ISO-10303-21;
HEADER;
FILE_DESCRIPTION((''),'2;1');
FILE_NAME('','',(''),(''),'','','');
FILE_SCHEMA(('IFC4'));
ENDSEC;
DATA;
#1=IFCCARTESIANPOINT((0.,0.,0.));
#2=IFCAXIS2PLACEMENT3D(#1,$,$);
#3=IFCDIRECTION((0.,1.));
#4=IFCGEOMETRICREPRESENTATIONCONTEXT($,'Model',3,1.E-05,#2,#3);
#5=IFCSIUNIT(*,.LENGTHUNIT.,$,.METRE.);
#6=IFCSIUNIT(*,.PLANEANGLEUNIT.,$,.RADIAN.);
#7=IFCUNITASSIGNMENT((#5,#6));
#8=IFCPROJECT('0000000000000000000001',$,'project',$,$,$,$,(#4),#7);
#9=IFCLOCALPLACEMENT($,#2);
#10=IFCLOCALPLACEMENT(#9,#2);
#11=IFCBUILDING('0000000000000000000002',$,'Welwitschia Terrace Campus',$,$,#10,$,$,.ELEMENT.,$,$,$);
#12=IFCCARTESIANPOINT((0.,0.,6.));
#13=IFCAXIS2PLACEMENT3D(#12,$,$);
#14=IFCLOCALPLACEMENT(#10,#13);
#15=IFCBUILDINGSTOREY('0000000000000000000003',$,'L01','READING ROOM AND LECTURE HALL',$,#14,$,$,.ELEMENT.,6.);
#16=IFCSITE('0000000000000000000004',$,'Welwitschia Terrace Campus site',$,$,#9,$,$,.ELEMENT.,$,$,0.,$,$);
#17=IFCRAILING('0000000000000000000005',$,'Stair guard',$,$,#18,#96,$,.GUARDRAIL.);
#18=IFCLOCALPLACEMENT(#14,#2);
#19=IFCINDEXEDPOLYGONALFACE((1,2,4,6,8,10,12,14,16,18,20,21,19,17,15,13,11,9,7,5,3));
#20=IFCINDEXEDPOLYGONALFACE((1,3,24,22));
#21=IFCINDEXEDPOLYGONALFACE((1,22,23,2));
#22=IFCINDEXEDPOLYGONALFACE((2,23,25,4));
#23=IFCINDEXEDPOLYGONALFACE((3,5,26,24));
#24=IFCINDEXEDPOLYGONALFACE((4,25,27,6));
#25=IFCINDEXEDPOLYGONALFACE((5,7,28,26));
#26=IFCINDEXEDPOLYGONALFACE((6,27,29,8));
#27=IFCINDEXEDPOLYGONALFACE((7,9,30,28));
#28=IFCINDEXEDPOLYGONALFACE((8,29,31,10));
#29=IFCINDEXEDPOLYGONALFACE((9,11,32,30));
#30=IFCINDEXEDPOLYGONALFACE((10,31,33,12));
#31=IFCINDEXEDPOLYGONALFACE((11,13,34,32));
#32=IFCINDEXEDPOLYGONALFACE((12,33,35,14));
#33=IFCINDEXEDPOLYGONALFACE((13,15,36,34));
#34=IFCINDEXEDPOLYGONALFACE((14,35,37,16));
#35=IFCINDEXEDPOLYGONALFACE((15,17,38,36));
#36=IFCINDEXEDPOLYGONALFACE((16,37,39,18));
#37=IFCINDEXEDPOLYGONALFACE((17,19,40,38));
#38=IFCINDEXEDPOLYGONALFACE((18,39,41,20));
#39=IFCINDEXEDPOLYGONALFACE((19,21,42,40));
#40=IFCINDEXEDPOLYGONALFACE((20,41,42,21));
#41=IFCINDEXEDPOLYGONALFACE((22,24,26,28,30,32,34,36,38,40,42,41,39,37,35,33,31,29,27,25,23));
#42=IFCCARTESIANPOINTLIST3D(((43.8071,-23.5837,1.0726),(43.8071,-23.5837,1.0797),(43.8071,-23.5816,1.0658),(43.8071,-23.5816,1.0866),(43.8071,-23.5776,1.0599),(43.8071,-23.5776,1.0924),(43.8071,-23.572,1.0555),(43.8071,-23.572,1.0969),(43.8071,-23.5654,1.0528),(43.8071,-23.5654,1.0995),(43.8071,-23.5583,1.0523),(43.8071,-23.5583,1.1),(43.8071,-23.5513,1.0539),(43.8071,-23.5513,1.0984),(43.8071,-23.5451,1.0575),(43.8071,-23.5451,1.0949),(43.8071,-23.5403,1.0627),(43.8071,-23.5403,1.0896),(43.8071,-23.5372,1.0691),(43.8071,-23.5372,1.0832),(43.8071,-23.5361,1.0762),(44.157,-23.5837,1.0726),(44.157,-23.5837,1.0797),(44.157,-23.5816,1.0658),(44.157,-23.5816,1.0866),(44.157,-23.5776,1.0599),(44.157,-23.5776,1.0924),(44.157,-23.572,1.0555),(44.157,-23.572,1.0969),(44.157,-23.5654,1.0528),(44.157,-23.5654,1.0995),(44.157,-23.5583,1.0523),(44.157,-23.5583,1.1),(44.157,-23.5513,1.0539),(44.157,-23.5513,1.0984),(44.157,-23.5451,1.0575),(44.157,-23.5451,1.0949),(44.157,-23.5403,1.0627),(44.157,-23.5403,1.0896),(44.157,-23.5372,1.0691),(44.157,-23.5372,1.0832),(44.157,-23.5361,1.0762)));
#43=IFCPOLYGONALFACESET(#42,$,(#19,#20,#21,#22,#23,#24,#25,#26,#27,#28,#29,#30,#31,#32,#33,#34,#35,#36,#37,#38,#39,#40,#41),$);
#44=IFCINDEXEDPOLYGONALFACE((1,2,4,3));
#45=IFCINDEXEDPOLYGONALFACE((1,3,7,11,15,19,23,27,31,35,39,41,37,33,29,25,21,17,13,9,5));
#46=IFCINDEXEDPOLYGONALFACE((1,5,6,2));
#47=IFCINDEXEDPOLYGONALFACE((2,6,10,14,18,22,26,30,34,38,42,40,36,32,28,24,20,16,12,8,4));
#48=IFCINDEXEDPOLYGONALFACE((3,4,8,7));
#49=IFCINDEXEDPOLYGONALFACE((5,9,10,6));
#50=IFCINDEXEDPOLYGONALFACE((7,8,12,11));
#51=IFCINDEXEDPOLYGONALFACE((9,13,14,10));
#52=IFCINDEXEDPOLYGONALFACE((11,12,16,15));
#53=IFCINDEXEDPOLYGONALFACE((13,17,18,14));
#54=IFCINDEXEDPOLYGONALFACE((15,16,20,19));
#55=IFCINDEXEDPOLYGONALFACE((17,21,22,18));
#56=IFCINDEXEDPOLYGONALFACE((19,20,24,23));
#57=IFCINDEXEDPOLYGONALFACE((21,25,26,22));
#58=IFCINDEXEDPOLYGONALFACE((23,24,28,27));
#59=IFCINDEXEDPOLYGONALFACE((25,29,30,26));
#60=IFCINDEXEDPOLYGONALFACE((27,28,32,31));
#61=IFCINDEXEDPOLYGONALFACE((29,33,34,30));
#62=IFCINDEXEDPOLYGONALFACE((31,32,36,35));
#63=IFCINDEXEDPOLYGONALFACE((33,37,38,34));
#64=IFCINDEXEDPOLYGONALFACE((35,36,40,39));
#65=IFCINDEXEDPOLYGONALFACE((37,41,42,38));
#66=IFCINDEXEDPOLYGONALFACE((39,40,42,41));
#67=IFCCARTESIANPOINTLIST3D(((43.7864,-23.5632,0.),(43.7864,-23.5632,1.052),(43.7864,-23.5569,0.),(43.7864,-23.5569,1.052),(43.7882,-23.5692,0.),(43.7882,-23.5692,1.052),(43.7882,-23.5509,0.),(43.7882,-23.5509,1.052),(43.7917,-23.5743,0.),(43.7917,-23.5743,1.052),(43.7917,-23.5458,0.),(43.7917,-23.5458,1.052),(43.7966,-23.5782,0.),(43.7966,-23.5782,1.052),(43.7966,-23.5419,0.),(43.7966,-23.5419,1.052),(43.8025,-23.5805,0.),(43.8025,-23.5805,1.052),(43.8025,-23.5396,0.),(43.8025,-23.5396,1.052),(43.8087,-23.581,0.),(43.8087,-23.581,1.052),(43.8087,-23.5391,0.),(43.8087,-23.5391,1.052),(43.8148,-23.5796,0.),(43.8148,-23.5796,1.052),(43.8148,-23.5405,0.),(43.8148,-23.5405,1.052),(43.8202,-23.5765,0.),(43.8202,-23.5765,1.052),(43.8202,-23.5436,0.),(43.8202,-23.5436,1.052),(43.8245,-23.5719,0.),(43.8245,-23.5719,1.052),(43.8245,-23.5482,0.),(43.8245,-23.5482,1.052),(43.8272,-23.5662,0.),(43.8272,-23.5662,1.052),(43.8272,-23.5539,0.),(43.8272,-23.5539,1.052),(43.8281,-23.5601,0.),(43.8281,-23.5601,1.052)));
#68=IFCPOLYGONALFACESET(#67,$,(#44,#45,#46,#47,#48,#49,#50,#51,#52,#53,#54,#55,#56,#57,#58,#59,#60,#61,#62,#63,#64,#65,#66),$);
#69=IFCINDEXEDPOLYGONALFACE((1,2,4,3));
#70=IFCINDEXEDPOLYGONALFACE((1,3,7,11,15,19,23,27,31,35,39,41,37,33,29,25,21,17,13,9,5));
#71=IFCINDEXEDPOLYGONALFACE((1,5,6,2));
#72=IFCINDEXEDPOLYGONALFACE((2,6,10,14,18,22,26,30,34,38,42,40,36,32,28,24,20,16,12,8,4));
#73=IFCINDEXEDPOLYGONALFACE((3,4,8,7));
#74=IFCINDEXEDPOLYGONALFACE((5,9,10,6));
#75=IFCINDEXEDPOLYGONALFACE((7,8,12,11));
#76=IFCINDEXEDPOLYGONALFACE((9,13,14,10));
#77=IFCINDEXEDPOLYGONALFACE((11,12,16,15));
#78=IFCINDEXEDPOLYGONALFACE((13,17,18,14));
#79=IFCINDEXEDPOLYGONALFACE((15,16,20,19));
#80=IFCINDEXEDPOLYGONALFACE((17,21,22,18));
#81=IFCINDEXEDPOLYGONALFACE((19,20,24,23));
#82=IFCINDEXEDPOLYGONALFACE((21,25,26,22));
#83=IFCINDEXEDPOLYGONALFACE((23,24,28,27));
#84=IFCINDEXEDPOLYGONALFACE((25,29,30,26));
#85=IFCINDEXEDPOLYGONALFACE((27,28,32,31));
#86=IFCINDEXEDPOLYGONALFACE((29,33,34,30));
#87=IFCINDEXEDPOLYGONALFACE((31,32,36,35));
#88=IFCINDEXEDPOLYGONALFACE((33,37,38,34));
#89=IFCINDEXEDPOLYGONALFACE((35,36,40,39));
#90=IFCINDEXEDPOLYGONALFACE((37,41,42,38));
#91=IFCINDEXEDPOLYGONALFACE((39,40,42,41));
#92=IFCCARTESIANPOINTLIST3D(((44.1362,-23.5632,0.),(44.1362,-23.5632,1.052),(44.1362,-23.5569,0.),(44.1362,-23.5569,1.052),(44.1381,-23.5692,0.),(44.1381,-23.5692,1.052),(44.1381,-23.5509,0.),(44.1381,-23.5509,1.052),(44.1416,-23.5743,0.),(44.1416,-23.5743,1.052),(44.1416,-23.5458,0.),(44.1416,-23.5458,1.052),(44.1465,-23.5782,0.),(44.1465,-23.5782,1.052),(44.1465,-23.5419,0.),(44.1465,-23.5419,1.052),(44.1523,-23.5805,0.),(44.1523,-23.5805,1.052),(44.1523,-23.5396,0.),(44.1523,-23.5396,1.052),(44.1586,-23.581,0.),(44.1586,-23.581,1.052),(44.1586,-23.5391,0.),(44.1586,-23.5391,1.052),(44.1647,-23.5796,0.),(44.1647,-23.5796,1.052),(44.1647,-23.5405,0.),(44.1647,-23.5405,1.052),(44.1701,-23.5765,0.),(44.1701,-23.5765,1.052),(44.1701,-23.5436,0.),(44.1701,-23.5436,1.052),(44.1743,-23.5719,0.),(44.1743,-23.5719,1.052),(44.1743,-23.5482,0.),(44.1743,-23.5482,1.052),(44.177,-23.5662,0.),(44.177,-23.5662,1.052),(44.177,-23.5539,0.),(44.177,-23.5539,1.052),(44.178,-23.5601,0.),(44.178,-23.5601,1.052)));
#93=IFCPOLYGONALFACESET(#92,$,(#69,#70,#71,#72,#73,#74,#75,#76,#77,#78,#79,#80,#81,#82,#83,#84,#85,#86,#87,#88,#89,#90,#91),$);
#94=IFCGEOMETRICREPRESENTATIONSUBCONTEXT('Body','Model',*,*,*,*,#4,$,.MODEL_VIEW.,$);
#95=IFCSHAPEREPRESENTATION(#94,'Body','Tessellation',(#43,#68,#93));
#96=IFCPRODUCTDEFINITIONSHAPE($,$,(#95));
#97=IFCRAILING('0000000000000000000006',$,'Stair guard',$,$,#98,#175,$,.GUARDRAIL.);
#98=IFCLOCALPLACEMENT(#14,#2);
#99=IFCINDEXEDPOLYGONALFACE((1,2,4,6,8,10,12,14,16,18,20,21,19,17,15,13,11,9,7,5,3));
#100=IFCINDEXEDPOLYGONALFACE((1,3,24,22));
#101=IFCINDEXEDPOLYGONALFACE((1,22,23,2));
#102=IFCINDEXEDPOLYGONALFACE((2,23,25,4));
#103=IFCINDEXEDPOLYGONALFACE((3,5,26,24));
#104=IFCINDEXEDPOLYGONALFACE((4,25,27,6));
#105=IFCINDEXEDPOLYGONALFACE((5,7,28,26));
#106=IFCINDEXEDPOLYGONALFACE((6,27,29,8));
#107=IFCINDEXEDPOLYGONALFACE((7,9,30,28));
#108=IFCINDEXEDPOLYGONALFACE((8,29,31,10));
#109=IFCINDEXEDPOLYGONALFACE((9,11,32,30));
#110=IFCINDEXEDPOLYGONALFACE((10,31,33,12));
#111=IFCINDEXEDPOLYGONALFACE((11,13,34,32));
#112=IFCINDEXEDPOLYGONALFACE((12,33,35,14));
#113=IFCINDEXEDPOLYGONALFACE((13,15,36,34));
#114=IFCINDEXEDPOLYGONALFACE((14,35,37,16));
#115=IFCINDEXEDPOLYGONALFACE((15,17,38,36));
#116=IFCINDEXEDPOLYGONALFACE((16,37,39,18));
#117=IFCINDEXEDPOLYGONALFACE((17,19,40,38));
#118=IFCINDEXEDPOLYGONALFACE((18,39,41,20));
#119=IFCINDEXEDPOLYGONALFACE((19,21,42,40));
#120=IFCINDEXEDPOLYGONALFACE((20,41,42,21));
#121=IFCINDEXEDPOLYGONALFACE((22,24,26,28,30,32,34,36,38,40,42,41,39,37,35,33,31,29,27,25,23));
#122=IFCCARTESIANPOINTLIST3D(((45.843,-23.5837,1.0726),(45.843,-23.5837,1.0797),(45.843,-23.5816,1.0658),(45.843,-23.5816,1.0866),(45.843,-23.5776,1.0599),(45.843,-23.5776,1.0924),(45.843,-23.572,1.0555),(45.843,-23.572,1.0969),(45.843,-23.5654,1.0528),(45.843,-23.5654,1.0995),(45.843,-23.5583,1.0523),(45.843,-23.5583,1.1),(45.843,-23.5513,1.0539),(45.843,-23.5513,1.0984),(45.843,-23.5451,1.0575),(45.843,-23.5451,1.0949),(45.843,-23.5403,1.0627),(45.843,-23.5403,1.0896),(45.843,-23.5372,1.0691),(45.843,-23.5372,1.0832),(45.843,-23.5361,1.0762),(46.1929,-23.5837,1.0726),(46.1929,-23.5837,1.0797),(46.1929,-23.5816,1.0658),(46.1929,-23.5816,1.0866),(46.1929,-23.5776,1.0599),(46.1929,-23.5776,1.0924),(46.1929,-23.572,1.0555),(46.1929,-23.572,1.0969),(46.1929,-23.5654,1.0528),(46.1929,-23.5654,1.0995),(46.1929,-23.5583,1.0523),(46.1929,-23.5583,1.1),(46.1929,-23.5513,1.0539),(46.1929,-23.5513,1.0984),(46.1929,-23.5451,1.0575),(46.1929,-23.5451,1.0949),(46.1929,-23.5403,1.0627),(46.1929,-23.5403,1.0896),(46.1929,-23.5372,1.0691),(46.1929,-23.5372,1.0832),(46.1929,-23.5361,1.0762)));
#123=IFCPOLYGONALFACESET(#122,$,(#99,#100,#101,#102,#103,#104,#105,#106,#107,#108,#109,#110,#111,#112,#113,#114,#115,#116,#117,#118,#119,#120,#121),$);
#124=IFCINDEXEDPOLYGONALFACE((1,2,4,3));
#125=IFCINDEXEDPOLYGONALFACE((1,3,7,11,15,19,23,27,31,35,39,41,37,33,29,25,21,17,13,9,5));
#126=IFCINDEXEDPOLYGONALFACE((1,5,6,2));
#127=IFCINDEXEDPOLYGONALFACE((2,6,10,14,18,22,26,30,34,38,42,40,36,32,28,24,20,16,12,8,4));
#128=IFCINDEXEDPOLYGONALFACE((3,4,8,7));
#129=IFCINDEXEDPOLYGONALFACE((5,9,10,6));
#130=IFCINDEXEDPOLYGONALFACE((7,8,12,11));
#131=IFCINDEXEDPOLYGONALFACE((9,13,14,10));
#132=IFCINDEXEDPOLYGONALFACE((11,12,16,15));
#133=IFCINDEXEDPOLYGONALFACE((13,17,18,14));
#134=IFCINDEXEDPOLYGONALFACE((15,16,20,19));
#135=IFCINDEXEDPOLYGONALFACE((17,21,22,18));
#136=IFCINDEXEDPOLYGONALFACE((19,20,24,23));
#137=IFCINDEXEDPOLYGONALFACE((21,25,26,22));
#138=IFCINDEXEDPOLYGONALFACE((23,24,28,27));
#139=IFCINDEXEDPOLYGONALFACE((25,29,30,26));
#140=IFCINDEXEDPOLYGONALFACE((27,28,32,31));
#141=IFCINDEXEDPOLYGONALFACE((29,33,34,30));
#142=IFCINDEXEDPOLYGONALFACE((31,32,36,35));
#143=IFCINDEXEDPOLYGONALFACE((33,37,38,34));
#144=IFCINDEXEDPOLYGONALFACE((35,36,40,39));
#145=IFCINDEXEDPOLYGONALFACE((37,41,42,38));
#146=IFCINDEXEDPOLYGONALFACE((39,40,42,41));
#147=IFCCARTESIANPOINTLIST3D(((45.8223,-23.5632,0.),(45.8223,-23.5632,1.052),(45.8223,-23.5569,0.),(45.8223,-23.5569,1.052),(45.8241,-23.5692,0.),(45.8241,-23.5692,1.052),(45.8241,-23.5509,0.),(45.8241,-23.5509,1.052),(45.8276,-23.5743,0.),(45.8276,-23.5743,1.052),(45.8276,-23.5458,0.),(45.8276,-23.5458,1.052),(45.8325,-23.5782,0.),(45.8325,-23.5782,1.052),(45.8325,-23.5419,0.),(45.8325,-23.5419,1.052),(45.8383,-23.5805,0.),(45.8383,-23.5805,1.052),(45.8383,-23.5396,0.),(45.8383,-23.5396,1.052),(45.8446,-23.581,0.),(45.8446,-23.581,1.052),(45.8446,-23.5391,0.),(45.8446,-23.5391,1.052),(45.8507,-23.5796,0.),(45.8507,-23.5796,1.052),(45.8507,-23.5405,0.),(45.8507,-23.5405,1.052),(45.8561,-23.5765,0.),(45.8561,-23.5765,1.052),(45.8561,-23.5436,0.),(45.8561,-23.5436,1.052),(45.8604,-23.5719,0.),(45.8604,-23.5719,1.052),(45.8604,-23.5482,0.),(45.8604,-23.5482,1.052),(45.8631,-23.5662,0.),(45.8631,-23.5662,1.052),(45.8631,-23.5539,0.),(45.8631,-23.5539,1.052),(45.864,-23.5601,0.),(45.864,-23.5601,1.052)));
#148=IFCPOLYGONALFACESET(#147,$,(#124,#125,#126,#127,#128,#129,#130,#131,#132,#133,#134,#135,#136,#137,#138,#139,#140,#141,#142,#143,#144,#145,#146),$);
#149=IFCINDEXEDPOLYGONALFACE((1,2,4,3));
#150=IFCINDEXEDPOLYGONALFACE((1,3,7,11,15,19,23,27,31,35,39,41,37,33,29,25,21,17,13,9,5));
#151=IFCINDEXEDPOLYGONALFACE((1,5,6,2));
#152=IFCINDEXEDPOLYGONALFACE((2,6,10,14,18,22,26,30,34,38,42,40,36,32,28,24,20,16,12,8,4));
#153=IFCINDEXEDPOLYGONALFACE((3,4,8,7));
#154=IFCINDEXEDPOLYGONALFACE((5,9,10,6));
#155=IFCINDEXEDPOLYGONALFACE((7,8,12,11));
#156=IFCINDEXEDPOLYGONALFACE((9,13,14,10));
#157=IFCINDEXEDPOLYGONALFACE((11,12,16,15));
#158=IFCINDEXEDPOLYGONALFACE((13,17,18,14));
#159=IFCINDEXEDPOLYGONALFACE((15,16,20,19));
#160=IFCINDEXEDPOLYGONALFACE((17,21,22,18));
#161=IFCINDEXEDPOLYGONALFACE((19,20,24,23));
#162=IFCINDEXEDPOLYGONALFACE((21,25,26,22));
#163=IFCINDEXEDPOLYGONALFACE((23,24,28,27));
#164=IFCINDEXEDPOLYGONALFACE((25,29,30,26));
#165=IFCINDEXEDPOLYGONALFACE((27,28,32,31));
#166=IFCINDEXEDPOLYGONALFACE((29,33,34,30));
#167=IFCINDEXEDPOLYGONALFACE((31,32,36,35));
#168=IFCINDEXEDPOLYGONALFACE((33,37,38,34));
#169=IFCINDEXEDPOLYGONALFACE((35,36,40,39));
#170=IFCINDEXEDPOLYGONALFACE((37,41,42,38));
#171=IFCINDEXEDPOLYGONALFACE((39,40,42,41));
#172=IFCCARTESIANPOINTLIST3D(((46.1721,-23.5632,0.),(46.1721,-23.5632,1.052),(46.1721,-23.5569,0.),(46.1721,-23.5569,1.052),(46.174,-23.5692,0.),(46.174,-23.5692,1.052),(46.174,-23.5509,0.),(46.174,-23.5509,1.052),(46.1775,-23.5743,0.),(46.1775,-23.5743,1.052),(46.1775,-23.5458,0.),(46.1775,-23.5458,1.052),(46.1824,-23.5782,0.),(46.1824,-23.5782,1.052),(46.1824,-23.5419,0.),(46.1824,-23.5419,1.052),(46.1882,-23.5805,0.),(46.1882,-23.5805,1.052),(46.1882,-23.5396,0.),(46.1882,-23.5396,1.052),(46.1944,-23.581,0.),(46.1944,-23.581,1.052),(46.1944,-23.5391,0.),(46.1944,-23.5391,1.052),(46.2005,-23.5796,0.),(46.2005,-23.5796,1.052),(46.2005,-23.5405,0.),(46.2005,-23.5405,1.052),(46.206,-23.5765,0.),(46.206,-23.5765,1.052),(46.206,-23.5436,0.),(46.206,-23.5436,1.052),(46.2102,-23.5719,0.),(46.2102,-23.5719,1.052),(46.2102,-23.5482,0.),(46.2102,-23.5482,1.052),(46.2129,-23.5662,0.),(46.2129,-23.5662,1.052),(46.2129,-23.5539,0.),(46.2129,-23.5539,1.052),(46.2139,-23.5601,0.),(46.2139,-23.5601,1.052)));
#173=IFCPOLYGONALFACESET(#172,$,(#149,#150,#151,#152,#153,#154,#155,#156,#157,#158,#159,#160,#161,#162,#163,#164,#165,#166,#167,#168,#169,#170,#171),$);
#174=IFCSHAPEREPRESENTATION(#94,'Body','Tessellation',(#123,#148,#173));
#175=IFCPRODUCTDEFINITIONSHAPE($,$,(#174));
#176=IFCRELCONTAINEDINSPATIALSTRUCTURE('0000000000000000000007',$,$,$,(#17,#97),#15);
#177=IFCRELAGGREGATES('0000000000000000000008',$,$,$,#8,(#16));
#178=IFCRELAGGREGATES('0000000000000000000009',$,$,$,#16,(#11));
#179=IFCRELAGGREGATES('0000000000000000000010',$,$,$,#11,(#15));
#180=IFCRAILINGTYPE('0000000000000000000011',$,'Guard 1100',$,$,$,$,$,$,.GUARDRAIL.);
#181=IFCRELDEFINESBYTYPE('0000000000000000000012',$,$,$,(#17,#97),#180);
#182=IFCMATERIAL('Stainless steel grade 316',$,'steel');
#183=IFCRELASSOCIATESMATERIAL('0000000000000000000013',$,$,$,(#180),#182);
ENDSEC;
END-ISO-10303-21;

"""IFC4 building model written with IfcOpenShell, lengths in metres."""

from ifc_helpers import new_model, si_unit, direction, frame, origin, origin_2d, place, context, subcontext, project, spatial, circle, extrude, material, type_object, element, save


model = new_model("IFC4")

# Units and contexts
model_context = context("Model", 3, precision=1e-05, world=origin(), true_north=direction((0.0, 1.0)))
body_context = subcontext(model_context, "Body", "Model", "MODEL_VIEW")
ifc_project = project(units=[si_unit("LENGTHUNIT", "METRE"), si_unit("PLANEANGLEUNIT", "RADIAN")], contexts=[model_context])

# Site, building, storey
site_placement = place(None, origin())
site = spatial("IfcSite", under=ifc_project, at=site_placement, Name="Welwitschia Terrace Campus site", CompositionType="ELEMENT", RefElevation=0.0)
building_placement = place(site_placement, origin())
building = spatial("IfcBuilding", under=site, at=building_placement, Name="Welwitschia Terrace Campus", CompositionType="ELEMENT")
storey_placement = place(building_placement, frame((0.0, 0.0, 6.0)))
storey = spatial("IfcBuildingStorey", under=building, at=storey_placement, Name="L01", Description="READING ROOM AND LECTURE HALL", CompositionType="ELEMENT", Elevation=6.0)

# Railings
ifc_material_1 = material(Name="Stainless steel grade 316", Category="steel")
railing_type_1 = type_object("IfcRailingType", Name="Guard 1100", PredefinedType="GUARDRAIL", material=ifc_material_1)
for number, where, name in (
    (1, (43.8071, -23.5601, 0.0), "Stair guard"),
    (2, (45.843, -23.5601, 0.0), "Stair guard"),
):
    element("IfcRailing", number, at=place(storey_placement, frame(where)), inside=storey, type_object=railing_type_1, Name=name, PredefinedType="GUARDRAIL", context=body_context, shape_type="SweptSolid", body=[
        extrude(circle(Radius=0.0239, at=origin_2d()), frame((0.0, 0.0, 1.0762), z_axis=(1.0, 0.0, 0.0), x_axis=(0.0, 1.0, 0.0)), (0.0, 0.0, 1.0), 0.3499),
        extrude(circle(Radius=0.021, at=origin_2d()), origin(), (0.0, 0.0, 1.0), 1.052),
        extrude(circle(Radius=0.021, at=origin_2d()), frame((0.3499, 0.0, 0.0)), (0.0, 0.0, 1.0), 1.052),
    ])

save(model, "model.ifc")
